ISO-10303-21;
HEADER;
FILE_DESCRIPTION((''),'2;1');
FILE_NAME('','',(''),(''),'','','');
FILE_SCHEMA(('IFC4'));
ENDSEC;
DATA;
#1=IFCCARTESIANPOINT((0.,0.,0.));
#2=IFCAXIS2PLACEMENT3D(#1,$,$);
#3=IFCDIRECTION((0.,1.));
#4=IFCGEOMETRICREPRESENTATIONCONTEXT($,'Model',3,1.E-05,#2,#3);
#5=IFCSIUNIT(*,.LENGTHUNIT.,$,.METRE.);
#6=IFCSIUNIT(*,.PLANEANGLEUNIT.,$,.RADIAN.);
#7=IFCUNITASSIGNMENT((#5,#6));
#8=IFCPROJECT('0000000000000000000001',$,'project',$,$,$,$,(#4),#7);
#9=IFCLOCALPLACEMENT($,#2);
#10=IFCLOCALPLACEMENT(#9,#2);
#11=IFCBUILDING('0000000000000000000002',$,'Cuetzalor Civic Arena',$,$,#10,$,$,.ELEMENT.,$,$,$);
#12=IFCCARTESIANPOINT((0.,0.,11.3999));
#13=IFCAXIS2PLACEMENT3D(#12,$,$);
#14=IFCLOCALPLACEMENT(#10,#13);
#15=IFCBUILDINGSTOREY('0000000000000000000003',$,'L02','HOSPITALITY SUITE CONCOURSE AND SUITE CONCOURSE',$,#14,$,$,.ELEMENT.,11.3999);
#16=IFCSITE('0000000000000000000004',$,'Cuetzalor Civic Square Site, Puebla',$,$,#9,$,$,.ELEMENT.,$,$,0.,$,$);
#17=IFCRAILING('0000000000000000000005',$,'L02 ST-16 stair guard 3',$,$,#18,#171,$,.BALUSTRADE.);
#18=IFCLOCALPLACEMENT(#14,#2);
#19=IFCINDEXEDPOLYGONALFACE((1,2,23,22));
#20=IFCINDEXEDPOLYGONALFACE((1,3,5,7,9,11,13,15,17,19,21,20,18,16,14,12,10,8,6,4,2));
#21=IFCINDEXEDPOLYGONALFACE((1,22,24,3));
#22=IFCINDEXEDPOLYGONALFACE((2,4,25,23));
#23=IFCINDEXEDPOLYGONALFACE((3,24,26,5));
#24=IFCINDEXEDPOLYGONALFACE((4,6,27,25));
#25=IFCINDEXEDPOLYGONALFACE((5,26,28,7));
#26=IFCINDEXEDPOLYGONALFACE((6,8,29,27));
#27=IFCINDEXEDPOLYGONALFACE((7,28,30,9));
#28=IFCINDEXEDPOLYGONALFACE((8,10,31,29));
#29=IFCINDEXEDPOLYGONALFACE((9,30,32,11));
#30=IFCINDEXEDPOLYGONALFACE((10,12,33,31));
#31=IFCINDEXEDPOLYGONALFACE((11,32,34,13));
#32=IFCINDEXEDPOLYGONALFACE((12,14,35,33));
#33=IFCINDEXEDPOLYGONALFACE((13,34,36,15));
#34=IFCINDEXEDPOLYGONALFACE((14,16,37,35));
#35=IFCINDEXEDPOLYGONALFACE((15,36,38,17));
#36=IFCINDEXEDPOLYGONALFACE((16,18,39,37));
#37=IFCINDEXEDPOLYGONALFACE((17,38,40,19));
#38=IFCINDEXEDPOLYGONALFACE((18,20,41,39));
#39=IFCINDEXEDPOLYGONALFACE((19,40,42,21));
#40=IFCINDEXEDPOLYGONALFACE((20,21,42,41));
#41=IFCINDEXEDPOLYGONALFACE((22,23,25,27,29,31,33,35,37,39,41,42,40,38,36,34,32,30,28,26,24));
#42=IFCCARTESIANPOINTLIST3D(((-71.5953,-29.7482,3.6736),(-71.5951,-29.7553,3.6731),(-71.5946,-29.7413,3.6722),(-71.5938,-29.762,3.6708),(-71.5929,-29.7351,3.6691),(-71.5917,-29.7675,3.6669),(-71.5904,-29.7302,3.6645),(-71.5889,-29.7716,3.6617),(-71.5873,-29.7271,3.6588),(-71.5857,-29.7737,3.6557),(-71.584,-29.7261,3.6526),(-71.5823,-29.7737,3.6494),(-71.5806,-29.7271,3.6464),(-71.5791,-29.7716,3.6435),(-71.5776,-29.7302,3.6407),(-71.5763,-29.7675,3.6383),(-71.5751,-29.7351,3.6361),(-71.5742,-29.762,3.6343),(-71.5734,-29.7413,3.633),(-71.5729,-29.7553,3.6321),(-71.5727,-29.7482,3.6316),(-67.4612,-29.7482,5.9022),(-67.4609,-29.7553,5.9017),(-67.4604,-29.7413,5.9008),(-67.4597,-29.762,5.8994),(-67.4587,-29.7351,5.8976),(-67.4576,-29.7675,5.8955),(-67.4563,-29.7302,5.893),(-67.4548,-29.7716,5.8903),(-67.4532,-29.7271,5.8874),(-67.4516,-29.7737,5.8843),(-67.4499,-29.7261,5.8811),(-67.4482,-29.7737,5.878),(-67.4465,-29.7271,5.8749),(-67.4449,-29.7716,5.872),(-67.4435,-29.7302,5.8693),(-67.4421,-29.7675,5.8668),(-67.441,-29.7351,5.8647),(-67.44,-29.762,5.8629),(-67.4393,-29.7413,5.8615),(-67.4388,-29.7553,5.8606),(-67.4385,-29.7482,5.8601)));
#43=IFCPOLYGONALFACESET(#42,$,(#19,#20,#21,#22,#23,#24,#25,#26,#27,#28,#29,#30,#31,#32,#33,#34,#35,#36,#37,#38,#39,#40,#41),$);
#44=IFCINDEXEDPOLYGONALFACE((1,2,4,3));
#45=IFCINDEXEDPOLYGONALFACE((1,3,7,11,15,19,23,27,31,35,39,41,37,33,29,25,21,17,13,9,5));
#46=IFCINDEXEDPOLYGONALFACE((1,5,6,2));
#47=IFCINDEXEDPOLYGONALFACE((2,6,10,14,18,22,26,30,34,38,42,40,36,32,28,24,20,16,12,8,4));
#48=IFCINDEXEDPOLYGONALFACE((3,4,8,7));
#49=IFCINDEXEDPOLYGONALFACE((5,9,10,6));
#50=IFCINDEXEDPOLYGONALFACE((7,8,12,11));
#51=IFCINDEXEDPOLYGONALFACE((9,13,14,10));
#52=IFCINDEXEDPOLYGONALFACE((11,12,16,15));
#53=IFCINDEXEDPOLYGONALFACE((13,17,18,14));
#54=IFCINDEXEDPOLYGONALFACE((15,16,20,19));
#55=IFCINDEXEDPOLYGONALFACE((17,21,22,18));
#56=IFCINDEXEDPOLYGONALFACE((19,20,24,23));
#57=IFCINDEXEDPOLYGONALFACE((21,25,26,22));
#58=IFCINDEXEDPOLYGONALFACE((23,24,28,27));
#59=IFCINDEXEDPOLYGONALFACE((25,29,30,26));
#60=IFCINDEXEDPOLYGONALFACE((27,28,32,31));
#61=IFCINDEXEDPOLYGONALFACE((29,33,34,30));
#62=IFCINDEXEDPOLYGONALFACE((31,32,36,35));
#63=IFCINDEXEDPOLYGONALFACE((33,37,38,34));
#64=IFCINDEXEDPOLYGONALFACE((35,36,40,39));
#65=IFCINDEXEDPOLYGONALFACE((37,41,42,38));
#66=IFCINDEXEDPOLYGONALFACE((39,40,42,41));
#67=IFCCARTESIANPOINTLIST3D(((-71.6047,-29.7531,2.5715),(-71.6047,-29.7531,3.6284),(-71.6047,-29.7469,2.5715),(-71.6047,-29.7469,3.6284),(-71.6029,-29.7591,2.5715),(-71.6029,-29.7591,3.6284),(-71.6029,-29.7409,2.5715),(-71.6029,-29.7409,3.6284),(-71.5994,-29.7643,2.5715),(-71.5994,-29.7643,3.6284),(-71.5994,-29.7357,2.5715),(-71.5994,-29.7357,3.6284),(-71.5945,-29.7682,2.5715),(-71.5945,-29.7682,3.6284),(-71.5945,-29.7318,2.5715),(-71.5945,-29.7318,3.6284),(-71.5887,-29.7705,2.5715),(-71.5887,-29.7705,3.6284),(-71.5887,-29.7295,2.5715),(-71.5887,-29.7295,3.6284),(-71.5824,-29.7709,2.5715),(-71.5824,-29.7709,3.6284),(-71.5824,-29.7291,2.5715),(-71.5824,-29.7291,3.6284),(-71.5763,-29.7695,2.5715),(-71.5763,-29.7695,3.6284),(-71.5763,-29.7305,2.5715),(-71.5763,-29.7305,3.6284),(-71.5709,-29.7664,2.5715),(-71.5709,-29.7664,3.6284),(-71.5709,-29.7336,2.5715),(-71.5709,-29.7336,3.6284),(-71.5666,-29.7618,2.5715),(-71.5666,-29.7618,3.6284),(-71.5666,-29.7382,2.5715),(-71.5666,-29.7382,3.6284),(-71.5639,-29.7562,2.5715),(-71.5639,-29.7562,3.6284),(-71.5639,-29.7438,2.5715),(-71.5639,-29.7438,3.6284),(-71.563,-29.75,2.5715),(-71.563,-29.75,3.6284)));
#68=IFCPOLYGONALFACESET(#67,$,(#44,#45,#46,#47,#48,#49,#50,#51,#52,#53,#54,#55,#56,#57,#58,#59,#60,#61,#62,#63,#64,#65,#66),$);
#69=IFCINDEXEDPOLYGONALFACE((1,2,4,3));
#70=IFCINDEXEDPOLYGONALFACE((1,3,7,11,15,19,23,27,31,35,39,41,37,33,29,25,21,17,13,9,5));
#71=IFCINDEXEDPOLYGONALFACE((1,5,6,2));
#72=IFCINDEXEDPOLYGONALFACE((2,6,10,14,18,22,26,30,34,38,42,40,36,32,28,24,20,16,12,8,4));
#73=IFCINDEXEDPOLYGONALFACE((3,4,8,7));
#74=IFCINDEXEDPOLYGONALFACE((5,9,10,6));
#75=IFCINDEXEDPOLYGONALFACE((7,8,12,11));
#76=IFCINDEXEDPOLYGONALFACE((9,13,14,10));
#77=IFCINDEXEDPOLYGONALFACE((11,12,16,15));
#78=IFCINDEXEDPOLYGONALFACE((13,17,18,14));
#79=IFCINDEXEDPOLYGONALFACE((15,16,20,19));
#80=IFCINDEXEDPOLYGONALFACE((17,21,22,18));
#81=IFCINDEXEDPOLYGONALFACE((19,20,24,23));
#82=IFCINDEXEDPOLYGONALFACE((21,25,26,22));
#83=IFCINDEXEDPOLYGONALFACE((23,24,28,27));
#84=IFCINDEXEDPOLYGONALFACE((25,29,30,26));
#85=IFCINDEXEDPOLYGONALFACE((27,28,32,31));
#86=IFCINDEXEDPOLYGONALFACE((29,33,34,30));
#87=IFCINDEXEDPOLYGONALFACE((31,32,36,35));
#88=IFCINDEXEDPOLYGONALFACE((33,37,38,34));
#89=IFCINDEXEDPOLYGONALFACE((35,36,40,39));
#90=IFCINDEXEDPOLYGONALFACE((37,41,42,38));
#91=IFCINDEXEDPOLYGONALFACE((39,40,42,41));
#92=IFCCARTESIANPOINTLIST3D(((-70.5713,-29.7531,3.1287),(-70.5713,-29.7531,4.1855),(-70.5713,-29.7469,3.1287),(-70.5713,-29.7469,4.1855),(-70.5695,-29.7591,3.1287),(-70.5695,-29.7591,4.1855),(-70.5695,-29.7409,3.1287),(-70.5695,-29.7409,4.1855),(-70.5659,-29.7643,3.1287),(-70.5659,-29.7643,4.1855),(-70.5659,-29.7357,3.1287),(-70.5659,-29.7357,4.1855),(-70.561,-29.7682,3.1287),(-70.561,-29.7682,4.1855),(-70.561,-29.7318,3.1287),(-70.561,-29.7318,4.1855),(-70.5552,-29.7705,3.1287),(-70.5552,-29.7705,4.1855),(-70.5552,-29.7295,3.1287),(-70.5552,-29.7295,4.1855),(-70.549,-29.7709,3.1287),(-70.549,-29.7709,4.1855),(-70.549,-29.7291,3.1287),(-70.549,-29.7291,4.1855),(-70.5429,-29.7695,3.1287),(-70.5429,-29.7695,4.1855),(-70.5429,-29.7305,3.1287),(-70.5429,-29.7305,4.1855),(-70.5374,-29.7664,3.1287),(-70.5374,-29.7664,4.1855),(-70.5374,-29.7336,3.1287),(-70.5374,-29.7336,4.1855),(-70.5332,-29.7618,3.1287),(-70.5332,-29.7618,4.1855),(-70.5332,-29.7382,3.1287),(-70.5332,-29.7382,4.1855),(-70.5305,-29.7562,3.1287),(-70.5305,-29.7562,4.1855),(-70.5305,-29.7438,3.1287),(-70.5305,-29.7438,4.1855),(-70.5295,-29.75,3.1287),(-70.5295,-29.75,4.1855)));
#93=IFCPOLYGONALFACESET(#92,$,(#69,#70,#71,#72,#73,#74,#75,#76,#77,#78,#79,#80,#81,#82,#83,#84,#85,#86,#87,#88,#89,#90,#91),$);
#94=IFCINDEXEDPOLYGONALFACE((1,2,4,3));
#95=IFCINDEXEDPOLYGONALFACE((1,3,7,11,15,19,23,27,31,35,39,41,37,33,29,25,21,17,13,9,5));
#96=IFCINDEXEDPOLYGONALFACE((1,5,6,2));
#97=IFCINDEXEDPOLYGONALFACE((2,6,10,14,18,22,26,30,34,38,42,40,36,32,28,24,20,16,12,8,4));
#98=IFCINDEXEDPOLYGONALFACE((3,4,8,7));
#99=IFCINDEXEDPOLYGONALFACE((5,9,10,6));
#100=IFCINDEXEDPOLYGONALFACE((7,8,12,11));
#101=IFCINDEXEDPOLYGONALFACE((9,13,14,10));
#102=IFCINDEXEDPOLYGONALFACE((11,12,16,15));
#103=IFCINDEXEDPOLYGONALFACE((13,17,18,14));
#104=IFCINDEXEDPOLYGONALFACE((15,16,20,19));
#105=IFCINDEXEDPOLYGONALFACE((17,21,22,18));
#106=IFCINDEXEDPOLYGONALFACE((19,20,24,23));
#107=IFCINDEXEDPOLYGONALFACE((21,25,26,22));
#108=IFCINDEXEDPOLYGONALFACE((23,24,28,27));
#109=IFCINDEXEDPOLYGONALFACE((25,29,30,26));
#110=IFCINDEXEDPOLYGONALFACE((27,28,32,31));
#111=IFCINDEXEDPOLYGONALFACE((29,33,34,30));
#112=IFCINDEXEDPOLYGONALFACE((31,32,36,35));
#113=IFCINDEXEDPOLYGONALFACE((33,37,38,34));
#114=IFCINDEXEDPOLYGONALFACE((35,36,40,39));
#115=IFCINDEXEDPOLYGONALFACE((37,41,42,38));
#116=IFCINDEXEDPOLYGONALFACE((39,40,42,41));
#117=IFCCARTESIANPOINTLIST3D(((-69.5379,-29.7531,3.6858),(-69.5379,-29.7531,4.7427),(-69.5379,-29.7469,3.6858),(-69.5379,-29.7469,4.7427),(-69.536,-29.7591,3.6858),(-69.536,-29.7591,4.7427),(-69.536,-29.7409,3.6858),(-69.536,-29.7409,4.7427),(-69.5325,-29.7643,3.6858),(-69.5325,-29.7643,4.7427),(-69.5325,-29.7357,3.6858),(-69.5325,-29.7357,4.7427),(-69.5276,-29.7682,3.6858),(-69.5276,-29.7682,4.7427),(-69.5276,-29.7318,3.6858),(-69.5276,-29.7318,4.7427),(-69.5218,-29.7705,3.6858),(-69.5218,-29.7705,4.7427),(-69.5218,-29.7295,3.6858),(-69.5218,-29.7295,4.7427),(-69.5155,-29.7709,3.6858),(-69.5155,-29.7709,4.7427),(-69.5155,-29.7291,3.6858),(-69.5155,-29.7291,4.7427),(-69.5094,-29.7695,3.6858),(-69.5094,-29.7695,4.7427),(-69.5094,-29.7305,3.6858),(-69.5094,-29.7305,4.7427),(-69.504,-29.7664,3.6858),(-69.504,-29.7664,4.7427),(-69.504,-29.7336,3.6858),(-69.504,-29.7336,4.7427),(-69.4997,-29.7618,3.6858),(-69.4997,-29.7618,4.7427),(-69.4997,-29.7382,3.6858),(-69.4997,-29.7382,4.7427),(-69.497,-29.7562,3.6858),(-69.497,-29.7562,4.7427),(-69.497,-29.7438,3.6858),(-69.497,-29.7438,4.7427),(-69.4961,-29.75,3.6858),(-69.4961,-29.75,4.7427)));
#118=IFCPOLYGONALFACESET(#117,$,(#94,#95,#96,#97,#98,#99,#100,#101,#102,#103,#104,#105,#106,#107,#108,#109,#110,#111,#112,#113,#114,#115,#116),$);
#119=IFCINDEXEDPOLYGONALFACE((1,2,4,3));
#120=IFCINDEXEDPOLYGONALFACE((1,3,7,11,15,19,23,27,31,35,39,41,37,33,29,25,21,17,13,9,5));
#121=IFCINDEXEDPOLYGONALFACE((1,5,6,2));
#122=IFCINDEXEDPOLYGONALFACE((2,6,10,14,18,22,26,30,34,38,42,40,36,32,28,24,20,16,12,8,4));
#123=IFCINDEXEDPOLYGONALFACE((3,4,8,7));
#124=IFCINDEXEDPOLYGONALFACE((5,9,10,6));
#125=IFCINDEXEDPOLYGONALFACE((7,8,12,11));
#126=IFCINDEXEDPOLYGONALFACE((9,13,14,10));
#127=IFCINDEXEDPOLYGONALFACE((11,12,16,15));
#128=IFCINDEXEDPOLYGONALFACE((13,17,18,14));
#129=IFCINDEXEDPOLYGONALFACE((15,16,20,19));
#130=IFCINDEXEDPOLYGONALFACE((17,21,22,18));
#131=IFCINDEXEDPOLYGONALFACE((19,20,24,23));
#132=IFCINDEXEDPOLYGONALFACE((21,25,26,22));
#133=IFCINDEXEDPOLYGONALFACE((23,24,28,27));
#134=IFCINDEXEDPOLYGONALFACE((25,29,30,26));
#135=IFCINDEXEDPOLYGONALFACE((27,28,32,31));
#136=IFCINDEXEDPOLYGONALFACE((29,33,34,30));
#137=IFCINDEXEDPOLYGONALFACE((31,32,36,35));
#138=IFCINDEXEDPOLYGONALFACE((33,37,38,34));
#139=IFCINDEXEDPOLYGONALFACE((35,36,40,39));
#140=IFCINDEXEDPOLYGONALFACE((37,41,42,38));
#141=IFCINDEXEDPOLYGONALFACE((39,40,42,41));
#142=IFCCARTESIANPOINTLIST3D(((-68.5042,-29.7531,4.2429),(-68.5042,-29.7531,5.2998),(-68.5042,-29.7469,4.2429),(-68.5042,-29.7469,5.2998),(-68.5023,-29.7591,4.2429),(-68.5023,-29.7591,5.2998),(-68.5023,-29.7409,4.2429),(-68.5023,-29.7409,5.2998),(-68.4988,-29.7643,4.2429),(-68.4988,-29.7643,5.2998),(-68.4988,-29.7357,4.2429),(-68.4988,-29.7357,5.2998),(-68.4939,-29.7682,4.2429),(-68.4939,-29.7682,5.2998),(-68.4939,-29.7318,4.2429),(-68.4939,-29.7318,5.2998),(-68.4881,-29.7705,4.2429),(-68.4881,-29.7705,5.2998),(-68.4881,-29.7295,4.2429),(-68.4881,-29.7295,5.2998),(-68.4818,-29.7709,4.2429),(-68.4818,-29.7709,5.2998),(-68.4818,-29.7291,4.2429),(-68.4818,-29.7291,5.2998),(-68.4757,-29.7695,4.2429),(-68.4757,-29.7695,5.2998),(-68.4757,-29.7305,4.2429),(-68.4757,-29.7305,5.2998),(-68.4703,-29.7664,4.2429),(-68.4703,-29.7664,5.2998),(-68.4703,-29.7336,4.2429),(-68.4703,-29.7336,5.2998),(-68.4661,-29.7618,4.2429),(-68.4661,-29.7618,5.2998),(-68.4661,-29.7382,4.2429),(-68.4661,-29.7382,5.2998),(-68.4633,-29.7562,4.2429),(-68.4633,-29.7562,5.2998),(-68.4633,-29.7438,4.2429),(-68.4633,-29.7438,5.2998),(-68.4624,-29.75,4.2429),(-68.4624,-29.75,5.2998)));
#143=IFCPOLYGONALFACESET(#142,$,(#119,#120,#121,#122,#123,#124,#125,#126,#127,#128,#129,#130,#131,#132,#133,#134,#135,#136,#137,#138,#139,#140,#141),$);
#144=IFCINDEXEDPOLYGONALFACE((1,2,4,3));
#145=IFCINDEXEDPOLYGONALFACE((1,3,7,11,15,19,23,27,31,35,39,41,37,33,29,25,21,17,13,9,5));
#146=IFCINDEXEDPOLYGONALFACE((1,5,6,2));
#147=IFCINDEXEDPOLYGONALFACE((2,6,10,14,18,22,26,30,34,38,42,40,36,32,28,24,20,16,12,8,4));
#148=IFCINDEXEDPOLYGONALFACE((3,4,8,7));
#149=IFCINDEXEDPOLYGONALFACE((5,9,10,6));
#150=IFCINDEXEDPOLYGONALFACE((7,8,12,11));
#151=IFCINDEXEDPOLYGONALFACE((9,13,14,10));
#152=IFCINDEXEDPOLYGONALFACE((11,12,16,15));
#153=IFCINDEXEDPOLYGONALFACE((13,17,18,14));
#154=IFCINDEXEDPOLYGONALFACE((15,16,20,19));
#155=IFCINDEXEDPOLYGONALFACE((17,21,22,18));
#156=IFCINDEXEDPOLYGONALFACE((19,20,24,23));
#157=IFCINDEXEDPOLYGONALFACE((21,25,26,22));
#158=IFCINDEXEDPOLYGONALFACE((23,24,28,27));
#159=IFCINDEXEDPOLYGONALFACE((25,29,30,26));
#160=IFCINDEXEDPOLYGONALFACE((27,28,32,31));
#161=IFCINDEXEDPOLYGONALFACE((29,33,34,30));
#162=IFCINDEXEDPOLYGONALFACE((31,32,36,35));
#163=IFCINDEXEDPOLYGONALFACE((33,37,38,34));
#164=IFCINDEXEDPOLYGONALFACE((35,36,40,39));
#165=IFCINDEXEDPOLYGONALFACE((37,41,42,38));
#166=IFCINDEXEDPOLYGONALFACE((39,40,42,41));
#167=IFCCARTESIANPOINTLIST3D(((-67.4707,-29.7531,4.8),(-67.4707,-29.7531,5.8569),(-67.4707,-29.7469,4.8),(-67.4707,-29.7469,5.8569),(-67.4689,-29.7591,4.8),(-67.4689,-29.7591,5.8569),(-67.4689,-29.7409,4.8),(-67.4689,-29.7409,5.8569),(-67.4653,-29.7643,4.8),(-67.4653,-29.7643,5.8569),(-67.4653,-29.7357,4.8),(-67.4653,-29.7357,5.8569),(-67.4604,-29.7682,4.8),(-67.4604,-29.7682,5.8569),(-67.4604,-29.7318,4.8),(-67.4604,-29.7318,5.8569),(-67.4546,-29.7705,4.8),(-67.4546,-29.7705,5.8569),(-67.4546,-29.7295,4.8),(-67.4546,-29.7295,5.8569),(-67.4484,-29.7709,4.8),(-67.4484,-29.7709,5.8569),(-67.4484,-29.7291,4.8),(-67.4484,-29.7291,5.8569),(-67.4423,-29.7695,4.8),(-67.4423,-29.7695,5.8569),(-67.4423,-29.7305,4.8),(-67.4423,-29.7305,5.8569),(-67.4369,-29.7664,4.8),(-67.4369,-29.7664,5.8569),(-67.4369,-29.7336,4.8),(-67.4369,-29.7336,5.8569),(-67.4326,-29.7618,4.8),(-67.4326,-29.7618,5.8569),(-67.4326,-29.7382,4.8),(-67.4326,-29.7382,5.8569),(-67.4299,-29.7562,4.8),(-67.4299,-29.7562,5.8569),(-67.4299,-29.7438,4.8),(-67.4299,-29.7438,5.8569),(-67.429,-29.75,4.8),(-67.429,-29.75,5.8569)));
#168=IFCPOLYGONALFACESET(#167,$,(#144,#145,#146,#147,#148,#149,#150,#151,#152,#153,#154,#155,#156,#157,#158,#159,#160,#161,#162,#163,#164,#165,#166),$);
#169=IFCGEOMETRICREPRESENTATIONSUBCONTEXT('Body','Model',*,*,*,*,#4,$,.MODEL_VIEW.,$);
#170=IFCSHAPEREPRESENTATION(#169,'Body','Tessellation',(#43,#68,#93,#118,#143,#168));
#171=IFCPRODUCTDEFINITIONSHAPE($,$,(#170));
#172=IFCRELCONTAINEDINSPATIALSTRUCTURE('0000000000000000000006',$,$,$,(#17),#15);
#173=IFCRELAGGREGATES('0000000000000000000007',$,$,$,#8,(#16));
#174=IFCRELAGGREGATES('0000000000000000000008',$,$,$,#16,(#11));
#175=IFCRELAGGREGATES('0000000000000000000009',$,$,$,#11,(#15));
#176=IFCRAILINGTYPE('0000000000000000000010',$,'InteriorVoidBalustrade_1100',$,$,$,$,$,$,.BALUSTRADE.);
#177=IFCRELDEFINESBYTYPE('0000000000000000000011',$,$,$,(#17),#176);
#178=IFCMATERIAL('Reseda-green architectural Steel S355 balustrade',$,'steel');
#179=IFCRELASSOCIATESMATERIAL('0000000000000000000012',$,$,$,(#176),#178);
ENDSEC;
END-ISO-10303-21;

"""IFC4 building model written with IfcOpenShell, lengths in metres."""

from ifc_helpers import new_model, si_unit, direction, frame, origin, origin_2d, place, context, subcontext, project, spatial, circle, extrude, material, type_object, element, save


model = new_model("IFC4")

# Units and contexts
model_context = context("Model", 3, precision=1e-05, world=origin(), true_north=direction((0.0, 1.0)))
body_context = subcontext(model_context, "Body", "Model", "MODEL_VIEW")
ifc_project = project(units=[si_unit("LENGTHUNIT", "METRE"), si_unit("PLANEANGLEUNIT", "RADIAN")], contexts=[model_context])

# Site, building, storey
site_placement = place(None, origin())
site = spatial("IfcSite", under=ifc_project, at=site_placement, Name="Cuetzalor Civic Square Site, Puebla", CompositionType="ELEMENT", RefElevation=0.0)
building_placement = place(site_placement, origin())
building = spatial("IfcBuilding", under=site, at=building_placement, Name="Cuetzalor Civic Arena", CompositionType="ELEMENT")
storey_placement = place(building_placement, frame((0.0, 0.0, 11.3999)))
storey = spatial("IfcBuildingStorey", under=building, at=storey_placement, Name="L02", Description="HOSPITALITY SUITE CONCOURSE AND SUITE CONCOURSE", CompositionType="ELEMENT", Elevation=11.3999)

# Railing
ifc_material_1 = material(Name="Reseda-green architectural Steel S355 balustrade", Category="steel")
railing_type_1 = type_object("IfcRailingType", Name="InteriorVoidBalustrade_1100", PredefinedType="BALUSTRADE", material=ifc_material_1)
railing_1_placement = place(storey_placement, frame((-71.584, -29.75, 2.5715)))
element("IfcRailing", 1, at=railing_1_placement, inside=storey, type_object=railing_type_1, Name="L02 ST-16 stair guard 3", PredefinedType="BALUSTRADE", context=body_context, shape_type="SweptSolid", body=[
    extrude(circle(Radius=0.0239, at=origin_2d()), frame((0.0, 0.0, 1.0811), z_axis=(0.880249, 0.0, 0.474512), x_axis=(0.0, 1.0, 0.0)), (0.0, 0.0, 1.0), 4.6965),
    extrude(circle(Radius=0.021, at=origin_2d()), origin(), (0.0, 0.0, 1.0), 1.0569),
    extrude(circle(Radius=0.021, at=origin_2d()), frame((1.0334, 0.0, 0.5571)), (0.0, 0.0, 1.0), 1.0569),
    extrude(circle(Radius=0.021, at=origin_2d()), frame((2.0669, 0.0, 1.1143)), (0.0, 0.0, 1.0), 1.0569),
    extrude(circle(Radius=0.021, at=origin_2d()), frame((3.1006, 0.0, 1.6714)), (0.0, 0.0, 1.0), 1.0569),
    extrude(circle(Radius=0.021, at=origin_2d()), frame((4.134, 0.0, 2.2285)), (0.0, 0.0, 1.0), 1.0569),
])

save(model, "model.ifc")
